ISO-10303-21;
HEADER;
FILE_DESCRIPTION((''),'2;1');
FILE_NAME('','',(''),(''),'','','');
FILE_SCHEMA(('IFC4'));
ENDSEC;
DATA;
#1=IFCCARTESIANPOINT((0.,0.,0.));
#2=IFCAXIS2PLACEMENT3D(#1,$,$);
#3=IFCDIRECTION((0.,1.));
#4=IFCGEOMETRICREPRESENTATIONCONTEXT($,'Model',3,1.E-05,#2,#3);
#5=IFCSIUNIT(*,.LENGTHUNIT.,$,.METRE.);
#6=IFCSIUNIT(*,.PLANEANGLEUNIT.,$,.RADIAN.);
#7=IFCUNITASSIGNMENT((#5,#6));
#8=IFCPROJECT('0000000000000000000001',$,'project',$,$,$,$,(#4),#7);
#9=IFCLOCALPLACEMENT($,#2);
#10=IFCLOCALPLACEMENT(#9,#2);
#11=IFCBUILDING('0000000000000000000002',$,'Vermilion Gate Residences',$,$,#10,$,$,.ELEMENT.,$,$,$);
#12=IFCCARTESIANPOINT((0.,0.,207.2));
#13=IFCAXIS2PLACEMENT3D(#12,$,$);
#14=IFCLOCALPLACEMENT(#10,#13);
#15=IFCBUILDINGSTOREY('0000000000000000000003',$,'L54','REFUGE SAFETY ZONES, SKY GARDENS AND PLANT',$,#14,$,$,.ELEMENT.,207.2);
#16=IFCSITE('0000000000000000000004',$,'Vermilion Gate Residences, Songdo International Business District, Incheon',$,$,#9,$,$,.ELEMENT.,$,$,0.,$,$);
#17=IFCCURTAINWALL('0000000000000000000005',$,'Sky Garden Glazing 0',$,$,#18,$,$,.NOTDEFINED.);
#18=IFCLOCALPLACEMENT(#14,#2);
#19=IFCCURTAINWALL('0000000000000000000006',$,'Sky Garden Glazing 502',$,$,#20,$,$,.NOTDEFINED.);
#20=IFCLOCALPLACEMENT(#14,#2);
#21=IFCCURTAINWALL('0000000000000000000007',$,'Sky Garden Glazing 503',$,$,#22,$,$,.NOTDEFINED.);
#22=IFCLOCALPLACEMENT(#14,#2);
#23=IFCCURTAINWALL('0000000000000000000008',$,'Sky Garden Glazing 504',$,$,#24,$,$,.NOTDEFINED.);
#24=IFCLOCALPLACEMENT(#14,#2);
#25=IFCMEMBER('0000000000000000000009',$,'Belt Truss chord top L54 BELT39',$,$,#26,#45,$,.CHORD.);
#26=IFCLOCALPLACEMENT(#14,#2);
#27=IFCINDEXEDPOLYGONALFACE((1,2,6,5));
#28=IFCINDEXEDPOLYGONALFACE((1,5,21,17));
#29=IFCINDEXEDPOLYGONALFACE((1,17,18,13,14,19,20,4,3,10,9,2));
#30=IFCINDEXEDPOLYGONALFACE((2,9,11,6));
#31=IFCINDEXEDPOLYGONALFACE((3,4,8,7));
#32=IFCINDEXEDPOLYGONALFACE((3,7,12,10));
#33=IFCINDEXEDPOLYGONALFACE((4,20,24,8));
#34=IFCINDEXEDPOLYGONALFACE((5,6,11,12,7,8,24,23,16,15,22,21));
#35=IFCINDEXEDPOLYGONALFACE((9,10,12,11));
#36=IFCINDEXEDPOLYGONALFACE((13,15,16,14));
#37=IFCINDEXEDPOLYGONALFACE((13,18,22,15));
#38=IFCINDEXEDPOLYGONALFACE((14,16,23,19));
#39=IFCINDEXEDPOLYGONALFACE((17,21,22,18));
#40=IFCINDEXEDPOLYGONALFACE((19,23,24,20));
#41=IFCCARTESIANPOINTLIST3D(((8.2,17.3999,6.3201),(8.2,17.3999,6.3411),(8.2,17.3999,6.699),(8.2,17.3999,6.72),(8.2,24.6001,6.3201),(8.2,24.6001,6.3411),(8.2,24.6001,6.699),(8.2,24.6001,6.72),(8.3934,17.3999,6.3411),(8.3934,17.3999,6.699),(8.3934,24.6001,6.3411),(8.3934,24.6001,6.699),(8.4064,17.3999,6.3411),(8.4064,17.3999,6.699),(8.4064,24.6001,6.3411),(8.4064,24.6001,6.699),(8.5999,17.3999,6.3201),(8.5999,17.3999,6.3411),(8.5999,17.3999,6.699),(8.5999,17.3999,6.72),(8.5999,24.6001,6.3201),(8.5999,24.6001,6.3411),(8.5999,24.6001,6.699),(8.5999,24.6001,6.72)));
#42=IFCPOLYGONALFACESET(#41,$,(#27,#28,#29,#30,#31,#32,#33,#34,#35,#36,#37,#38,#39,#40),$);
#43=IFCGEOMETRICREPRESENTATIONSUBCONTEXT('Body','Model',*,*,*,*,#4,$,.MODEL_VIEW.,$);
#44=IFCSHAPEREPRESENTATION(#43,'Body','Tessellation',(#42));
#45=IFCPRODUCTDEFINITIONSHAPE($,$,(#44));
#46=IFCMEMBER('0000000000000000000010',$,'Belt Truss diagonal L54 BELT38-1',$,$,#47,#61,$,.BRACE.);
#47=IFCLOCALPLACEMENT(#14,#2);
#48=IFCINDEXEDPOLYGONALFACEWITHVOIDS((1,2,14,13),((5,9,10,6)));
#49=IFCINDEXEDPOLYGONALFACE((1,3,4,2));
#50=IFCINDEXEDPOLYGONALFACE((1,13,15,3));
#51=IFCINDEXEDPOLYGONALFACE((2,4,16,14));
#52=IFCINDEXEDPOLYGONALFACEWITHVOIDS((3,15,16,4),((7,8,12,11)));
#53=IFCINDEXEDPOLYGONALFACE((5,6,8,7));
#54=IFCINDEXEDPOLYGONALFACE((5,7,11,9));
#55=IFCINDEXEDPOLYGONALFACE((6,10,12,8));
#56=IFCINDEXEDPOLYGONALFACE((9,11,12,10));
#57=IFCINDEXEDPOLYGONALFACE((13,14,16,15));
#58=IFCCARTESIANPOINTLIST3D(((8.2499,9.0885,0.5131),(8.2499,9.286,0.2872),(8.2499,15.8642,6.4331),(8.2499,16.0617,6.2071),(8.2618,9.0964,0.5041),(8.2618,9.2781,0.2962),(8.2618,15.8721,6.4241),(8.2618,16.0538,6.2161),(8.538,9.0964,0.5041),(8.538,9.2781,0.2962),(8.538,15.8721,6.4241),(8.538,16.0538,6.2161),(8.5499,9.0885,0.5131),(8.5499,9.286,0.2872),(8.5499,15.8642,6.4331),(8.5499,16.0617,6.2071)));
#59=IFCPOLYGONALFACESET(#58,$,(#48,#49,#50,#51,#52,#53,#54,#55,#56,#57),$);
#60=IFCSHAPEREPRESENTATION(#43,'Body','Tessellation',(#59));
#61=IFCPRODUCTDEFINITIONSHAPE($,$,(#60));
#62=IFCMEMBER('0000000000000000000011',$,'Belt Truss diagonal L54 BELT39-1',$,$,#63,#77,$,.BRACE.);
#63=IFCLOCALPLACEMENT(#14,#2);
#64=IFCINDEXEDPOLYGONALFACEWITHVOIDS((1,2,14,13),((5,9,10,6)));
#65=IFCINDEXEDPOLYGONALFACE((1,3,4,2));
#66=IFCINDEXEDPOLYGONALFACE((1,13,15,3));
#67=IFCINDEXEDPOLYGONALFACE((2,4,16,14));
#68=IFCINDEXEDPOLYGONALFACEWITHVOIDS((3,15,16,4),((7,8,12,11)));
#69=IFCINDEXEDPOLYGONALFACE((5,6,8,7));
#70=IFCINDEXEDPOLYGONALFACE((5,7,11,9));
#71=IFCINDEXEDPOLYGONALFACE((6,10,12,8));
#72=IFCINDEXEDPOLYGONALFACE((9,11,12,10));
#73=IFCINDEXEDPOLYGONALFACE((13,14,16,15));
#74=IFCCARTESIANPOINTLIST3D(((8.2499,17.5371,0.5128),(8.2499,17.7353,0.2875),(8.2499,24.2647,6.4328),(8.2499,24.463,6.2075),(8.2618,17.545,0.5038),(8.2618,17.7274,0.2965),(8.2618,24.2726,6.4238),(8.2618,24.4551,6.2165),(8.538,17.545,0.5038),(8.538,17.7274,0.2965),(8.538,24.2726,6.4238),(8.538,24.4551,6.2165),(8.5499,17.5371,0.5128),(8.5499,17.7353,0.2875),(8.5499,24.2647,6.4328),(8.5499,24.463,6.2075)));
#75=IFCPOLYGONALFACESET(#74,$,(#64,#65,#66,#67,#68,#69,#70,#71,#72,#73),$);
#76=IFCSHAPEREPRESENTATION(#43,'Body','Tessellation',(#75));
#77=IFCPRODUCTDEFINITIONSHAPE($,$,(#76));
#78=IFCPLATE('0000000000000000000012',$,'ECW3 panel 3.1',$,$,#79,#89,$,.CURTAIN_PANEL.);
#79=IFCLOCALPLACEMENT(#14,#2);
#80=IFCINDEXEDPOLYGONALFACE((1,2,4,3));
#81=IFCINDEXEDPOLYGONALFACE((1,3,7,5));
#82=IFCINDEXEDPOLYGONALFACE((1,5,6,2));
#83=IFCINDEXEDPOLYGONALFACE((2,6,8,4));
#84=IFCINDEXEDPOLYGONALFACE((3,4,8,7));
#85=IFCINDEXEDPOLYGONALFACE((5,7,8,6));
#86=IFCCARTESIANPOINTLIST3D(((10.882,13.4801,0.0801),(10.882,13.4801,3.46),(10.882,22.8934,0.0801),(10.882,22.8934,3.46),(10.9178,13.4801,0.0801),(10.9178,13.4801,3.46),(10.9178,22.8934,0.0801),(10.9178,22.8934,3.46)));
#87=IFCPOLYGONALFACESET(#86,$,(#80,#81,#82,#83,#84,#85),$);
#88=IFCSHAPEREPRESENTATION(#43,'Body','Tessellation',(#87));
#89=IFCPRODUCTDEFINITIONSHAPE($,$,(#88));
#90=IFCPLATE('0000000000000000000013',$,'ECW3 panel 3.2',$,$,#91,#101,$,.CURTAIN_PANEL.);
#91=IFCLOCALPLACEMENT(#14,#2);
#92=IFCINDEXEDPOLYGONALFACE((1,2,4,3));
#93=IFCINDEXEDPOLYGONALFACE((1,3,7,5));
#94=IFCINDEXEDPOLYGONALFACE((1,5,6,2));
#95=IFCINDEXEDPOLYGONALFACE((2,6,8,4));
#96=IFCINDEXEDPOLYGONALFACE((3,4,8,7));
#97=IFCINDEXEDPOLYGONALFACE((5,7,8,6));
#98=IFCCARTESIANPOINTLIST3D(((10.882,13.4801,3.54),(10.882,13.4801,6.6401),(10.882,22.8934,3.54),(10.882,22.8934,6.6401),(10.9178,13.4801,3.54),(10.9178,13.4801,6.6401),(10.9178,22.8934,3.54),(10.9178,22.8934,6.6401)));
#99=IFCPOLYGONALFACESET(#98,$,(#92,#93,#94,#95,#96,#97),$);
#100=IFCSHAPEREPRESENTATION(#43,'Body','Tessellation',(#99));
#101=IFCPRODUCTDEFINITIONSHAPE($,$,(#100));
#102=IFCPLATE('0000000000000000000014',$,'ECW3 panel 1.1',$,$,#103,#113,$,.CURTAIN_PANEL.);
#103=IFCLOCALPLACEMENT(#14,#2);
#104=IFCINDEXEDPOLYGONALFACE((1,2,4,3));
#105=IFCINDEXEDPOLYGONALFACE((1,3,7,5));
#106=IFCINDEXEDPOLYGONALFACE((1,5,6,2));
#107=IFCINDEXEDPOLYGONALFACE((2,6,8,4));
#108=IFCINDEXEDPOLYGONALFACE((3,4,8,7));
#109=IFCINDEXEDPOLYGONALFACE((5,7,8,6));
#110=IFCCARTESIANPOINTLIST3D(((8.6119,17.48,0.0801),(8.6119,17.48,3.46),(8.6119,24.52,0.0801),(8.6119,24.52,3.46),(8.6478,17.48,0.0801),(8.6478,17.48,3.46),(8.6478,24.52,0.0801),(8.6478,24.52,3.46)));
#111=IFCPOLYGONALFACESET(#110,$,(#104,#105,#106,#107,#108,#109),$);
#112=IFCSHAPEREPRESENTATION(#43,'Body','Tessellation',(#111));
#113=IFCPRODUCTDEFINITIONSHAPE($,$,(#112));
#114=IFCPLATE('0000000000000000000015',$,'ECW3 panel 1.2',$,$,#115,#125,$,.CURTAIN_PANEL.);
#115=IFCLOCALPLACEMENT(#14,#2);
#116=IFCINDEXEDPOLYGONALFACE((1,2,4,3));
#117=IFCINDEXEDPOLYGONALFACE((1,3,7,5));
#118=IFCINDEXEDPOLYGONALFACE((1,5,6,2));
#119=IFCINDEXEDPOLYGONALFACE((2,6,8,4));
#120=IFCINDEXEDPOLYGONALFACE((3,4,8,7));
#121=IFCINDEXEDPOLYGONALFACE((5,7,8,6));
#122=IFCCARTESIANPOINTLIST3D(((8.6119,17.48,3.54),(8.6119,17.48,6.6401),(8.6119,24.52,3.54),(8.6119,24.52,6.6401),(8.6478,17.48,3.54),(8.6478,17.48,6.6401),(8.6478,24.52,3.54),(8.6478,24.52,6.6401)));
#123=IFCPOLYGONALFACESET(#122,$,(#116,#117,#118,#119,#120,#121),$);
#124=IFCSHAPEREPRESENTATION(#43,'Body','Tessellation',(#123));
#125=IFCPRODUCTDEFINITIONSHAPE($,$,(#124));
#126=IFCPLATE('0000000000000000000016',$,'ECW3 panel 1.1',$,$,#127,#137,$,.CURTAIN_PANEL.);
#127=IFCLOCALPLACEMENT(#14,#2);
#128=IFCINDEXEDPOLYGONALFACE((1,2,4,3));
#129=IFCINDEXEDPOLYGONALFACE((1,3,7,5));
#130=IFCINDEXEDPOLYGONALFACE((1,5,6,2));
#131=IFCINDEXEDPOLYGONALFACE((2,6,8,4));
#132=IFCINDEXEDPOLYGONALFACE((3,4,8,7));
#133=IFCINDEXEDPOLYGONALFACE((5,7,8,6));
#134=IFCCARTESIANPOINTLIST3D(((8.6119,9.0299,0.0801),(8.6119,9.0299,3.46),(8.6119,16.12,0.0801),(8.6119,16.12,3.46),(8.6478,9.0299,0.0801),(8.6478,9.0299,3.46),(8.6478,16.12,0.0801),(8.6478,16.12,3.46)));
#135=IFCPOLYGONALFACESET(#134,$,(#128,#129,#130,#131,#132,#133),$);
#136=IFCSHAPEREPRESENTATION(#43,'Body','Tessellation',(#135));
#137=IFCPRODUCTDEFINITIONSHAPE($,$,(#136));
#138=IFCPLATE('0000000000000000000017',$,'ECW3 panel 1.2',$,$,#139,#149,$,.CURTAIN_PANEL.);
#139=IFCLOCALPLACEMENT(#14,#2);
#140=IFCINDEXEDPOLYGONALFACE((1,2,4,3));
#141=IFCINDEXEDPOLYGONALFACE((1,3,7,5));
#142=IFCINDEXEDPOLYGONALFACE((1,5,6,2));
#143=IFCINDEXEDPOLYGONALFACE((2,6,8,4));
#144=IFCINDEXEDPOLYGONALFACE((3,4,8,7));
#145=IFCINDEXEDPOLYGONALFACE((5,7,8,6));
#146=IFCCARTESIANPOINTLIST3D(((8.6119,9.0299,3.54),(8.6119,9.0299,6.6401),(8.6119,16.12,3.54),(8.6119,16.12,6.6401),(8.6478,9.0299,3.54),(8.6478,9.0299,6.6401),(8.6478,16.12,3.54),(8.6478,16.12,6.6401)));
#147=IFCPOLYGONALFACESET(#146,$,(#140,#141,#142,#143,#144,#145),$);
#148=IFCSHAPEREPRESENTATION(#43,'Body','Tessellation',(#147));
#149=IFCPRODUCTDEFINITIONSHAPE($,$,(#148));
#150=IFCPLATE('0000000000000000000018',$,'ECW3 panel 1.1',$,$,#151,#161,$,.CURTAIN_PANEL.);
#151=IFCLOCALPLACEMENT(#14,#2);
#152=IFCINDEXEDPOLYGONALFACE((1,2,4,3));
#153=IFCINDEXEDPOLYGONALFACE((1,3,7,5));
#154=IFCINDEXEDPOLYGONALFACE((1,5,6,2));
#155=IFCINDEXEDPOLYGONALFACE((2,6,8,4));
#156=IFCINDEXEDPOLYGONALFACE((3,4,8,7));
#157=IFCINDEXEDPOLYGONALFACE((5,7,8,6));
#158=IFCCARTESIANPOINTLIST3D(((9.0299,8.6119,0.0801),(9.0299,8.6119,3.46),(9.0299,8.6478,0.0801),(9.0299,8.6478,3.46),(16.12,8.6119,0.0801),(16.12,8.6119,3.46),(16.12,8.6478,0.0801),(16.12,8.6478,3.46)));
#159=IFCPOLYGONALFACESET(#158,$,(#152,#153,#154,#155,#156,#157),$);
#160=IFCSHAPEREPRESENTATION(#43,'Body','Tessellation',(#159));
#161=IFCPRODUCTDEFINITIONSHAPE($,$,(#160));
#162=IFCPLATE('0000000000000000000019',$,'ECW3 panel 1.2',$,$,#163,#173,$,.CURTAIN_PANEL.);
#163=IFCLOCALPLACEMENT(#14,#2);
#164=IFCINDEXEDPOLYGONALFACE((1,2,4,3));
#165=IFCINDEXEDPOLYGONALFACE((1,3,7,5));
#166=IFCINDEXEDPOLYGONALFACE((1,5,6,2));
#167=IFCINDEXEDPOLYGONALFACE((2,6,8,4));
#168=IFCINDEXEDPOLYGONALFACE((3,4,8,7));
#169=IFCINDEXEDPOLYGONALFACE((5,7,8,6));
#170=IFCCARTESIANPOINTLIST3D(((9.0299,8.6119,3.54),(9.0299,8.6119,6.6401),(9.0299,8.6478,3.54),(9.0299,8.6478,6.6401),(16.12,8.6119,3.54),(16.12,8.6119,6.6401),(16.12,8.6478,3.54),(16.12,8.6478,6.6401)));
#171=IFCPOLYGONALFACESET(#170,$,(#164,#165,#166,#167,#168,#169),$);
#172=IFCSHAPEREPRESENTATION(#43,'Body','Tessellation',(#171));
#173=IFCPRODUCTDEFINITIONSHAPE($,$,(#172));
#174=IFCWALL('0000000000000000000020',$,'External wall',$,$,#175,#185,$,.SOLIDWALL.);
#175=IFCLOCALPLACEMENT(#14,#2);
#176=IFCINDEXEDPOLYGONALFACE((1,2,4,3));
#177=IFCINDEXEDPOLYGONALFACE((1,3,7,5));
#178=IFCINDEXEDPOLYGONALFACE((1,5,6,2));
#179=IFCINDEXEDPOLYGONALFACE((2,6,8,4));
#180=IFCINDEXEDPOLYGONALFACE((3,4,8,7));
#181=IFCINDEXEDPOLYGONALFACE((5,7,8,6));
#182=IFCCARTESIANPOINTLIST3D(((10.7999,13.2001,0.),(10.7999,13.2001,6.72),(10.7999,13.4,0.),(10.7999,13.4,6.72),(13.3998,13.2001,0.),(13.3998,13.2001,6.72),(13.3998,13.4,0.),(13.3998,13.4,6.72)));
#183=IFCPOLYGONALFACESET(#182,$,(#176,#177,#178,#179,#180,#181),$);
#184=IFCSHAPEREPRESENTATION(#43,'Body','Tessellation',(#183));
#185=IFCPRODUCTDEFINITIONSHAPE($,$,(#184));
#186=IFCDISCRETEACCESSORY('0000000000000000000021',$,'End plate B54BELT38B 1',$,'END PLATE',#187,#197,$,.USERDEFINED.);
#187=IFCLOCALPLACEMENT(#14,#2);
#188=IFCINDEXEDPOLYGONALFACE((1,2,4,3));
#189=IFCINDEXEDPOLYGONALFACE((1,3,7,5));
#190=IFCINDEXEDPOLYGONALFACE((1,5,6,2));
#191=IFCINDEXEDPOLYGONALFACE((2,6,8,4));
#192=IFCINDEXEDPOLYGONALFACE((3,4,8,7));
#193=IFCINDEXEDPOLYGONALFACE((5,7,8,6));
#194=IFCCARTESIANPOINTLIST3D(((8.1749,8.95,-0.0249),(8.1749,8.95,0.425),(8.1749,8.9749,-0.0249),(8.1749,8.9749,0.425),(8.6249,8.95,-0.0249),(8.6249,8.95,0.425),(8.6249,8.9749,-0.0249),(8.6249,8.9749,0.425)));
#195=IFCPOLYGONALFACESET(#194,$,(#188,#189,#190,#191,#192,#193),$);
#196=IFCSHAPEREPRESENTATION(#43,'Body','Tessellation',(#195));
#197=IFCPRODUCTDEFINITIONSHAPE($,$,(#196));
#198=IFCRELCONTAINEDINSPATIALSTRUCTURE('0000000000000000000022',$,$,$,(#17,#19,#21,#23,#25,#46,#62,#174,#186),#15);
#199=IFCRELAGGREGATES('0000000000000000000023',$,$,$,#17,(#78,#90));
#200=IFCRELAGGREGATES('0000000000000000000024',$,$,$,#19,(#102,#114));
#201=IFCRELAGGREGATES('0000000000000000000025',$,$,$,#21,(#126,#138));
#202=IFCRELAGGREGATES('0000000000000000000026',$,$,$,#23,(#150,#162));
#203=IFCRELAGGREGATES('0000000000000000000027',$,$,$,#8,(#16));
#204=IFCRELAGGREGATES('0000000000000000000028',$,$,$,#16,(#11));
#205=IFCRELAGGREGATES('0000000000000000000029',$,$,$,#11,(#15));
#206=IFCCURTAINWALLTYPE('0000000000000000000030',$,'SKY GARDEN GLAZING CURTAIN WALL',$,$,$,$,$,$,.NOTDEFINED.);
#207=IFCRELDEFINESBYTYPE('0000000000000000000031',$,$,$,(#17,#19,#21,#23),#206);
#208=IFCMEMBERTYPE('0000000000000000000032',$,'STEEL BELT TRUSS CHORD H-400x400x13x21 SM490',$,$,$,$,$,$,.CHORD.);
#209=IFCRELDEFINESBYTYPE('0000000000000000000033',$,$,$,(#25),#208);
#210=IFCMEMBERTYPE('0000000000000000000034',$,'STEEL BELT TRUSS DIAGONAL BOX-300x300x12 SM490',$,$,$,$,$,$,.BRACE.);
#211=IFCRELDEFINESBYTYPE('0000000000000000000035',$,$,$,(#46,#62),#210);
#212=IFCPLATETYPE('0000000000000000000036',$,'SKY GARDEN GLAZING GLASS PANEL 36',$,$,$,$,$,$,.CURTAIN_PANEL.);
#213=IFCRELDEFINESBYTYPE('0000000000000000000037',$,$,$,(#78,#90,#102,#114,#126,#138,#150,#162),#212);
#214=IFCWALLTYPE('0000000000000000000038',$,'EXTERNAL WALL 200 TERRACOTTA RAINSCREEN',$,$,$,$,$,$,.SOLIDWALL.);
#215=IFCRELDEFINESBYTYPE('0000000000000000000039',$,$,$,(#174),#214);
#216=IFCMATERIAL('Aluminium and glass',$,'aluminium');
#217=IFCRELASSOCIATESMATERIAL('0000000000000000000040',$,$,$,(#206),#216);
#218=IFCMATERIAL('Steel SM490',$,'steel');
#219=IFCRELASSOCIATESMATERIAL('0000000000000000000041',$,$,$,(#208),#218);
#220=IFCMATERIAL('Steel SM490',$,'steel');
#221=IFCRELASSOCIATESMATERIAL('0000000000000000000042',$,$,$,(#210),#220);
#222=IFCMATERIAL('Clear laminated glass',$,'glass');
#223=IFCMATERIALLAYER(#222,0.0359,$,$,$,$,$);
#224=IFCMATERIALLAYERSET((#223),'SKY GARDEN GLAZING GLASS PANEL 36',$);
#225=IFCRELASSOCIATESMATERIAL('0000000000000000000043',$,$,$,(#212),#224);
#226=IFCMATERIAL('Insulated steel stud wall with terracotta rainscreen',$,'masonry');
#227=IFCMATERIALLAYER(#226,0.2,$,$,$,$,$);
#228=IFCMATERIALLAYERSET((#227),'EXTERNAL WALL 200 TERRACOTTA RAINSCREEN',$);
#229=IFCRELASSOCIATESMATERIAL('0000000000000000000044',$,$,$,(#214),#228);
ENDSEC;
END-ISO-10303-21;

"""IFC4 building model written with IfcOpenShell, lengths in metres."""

from ifc_helpers import new_model, si_unit, direction, frame, frame_2d, origin, origin_2d, place, context, subcontext, project, spatial, rectangle, hollow_rectangle, i_section, extrude, material, layer, layer_set, material_profile, profile_set, type_object, element, aggregate, save


model = new_model("IFC4")

# Units and contexts
model_context = context("Model", 3, precision=1e-05, world=origin(), true_north=direction((0.0, 1.0)))
body_context = subcontext(model_context, "Body", "Model", "MODEL_VIEW")
ifc_project = project(units=[si_unit("LENGTHUNIT", "METRE"), si_unit("PLANEANGLEUNIT", "RADIAN")], contexts=[model_context])

# Site, building, storey
site_placement = place(None, origin())
site = spatial("IfcSite", under=ifc_project, at=site_placement, Name="Vermilion Gate Residences, Songdo International Business District, Incheon", CompositionType="ELEMENT", RefElevation=0.0)
building_placement = place(site_placement, origin())
building = spatial("IfcBuilding", under=site, at=building_placement, Name="Vermilion Gate Residences", CompositionType="ELEMENT")
storey_placement = place(building_placement, frame((0.0, 0.0, 207.2)))
storey = spatial("IfcBuildingStorey", under=building, at=storey_placement, Name="L54", Description="REFUGE SAFETY ZONES, SKY GARDENS AND PLANT", CompositionType="ELEMENT", Elevation=207.2)

# Curtain walls
ifc_material_1 = material(Name="Aluminium and glass", Category="aluminium")
curtain_wall_type = type_object("IfcCurtainWallType", Name="SKY GARDEN GLAZING CURTAIN WALL", PredefinedType="NOTDEFINED", material=ifc_material_1)
curtain_wall_1_placement = place(storey_placement, origin())
curtain_wall_1 = element("IfcCurtainWall", 1, at=curtain_wall_1_placement, inside=storey, type_object=curtain_wall_type, Name="Sky Garden Glazing 0", PredefinedType="NOTDEFINED")
curtain_wall_2_placement = place(storey_placement, origin())
curtain_wall_2 = element("IfcCurtainWall", 2, at=curtain_wall_2_placement, inside=storey, type_object=curtain_wall_type, Name="Sky Garden Glazing 502", PredefinedType="NOTDEFINED")

# Curtain wall
curtain_wall_3_placement = place(storey_placement, origin())
curtain_wall_3 = element("IfcCurtainWall", 3, at=curtain_wall_3_placement, inside=storey, type_object=curtain_wall_type, Name="Sky Garden Glazing 503", PredefinedType="NOTDEFINED")

# Curtain wall
curtain_wall_4_placement = place(storey_placement, origin())
curtain_wall_4 = element("IfcCurtainWall", 4, at=curtain_wall_4_placement, inside=storey, type_object=curtain_wall_type, Name="Sky Garden Glazing 504", PredefinedType="NOTDEFINED")

# Members
ifc_material_2 = material(Name="Steel SM490", Category="steel")
ifc_material_profile_1 = material_profile(ifc_material_2, i_section(OverallWidth=0.3999, OverallDepth=0.3999, WebThickness=0.0129, FlangeThickness=0.021, at=origin_2d()), Name="H-400x400x13x21")
ifc_profile_set_1 = profile_set([ifc_material_profile_1], Name="Steel SM490")
member_type_1 = type_object("IfcMemberType", Name="STEEL BELT TRUSS CHORD H-400x400x13x21 SM490", PredefinedType="CHORD", material=ifc_profile_set_1)
for number, where, z_axis, x_axis, name in (
    (5, (8.3999, 17.3999, 6.52), (0.0, 1.0, 0.0), (-1.0, 0.0, 0.0), "Belt Truss chord top L54 BELT39"),
):
    element("IfcMember", number, at=place(storey_placement, frame(where, z_axis=z_axis, x_axis=x_axis)), inside=storey, type_object=member_type_1, Name=name, PredefinedType="CHORD", context=body_context, shape_type="SweptSolid", body=[
        extrude(i_section(OverallWidth=0.3999, OverallDepth=0.3999, WebThickness=0.0129, FlangeThickness=0.021, at=origin_2d()), origin(), (0.0, 0.0, 1.0), 7.2002),
    ])
ifc_material_3 = material(Name="Steel SM490", Category="steel")
ifc_material_profile_2 = material_profile(ifc_material_3, hollow_rectangle(XDim=0.3, YDim=0.3, WallThickness=0.012, at=origin_2d()), Name="BOX-300x300x12")
ifc_profile_set_2 = profile_set([ifc_material_profile_2], Name="Steel SM490")
member_type_2 = type_object("IfcMemberType", Name="STEEL BELT TRUSS DIAGONAL BOX-300x300x12 SM490", PredefinedType="BRACE", material=ifc_profile_set_2)
member_1_placement = place(storey_placement, frame((8.3999, 9.1873, 0.4001), z_axis=(0.0, 0.753059, 0.657953), x_axis=(-1.0, 0.0, 0.0)))
element("IfcMember", 6, at=member_1_placement, inside=storey, type_object=member_type_2, Name="Belt Truss diagonal L54 BELT38-1", PredefinedType="BRACE", context=body_context, shape_type="SweptSolid", body=[
    extrude(hollow_rectangle(XDim=0.3, YDim=0.3, WallThickness=0.012, at=origin_2d()), origin(), (0.0, 0.0, 1.0), 8.9976),
])
member_2_placement = place(storey_placement, frame((8.3999, 17.6362, 0.4001), z_axis=(0.0, 0.750731, 0.660608), x_axis=(-1.0, 0.0, 0.0)))
element("IfcMember", 7, at=member_2_placement, inside=storey, type_object=member_type_2, Name="Belt Truss diagonal L54 BELT39-1", PredefinedType="BRACE", context=body_context, shape_type="SweptSolid", body=[
    extrude(hollow_rectangle(XDim=0.3, YDim=0.3, WallThickness=0.012, at=origin_2d()), origin(), (0.0, 0.0, 1.0), 8.9614),
])

# Plates
ifc_material_4 = material(Name="Clear laminated glass", Category="glass")
ifc_layer_1 = layer(ifc_material_4, 0.0359)
ifc_layer_set_1 = layer_set([ifc_layer_1], Name="SKY GARDEN GLAZING GLASS PANEL 36")
plate_type = type_object("IfcPlateType", Name="SKY GARDEN GLAZING GLASS PANEL 36", PredefinedType="CURTAIN_PANEL", material=ifc_layer_set_1)
plate_1_placement = place(storey_placement, frame((10.8999, 18.1868, 0.0801), z_axis=(0.0, 0.0, 1.0), x_axis=(0.0, -1.0, 0.0)))
plate_1 = element("IfcPlate", 8, at=plate_1_placement, type_object=plate_type, Name="ECW3 panel 3.1", PredefinedType="CURTAIN_PANEL", context=body_context, shape_type="SweptSolid", body=[
    extrude(rectangle(XDim=9.4133, YDim=0.0359, at=origin_2d()), origin(), (0.0, 0.0, 1.0), 3.3799),
])
plate_2_placement = place(storey_placement, frame((10.8999, 18.1868, 3.54), z_axis=(0.0, 0.0, 1.0), x_axis=(0.0, -1.0, 0.0)))
plate_2 = element("IfcPlate", 9, at=plate_2_placement, type_object=plate_type, Name="ECW3 panel 3.2", PredefinedType="CURTAIN_PANEL", context=body_context, shape_type="SweptSolid", body=[
    extrude(rectangle(XDim=9.4133, YDim=0.0359, at=origin_2d()), origin(), (0.0, 0.0, 1.0), 3.1001),
])
aggregate(curtain_wall_1, [plate_1, plate_2])
plate_3_placement = place(storey_placement, frame((8.6299, 21.0, 0.0801), z_axis=(0.0, 0.0, 1.0), x_axis=(0.0, -1.0, 0.0)))
plate_3 = element("IfcPlate", 10, at=plate_3_placement, type_object=plate_type, Name="ECW3 panel 1.1", PredefinedType="CURTAIN_PANEL", context=body_context, shape_type="SweptSolid", body=[
    extrude(rectangle(XDim=7.04, YDim=0.0359, at=origin_2d()), origin(), (0.0, 0.0, 1.0), 3.3799),
])
plate_4_placement = place(storey_placement, frame((8.6299, 21.0, 3.54), z_axis=(0.0, 0.0, 1.0), x_axis=(0.0, -1.0, 0.0)))
plate_4 = element("IfcPlate", 11, at=plate_4_placement, type_object=plate_type, Name="ECW3 panel 1.2", PredefinedType="CURTAIN_PANEL", context=body_context, shape_type="SweptSolid", body=[
    extrude(rectangle(XDim=7.04, YDim=0.0359, at=origin_2d()), origin(), (0.0, 0.0, 1.0), 3.1001),
])
aggregate(curtain_wall_2, [plate_3, plate_4])
plate_5_placement = place(storey_placement, frame((8.6299, 12.575, 0.0801), z_axis=(0.0, 0.0, 1.0), x_axis=(0.0, -1.0, 0.0)))
plate_5 = element("IfcPlate", 12, at=plate_5_placement, type_object=plate_type, Name="ECW3 panel 1.1", PredefinedType="CURTAIN_PANEL", context=body_context, shape_type="SweptSolid", body=[
    extrude(rectangle(XDim=7.0901, YDim=0.0359, at=origin_2d()), origin(), (0.0, 0.0, 1.0), 3.3799),
])
plate_6_placement = place(storey_placement, frame((8.6299, 12.575, 3.54), z_axis=(0.0, 0.0, 1.0), x_axis=(0.0, -1.0, 0.0)))
plate_6 = element("IfcPlate", 13, at=plate_6_placement, type_object=plate_type, Name="ECW3 panel 1.2", PredefinedType="CURTAIN_PANEL", context=body_context, shape_type="SweptSolid", body=[
    extrude(rectangle(XDim=7.0901, YDim=0.0359, at=origin_2d()), origin(), (0.0, 0.0, 1.0), 3.1001),
])
aggregate(curtain_wall_3, [plate_5, plate_6])
plate_7_placement = place(storey_placement, frame((12.575, 8.6299, 0.0801), z_axis=(0.0, 0.0, 1.0), x_axis=(1.0, 0.0, 0.0)))
plate_7 = element("IfcPlate", 14, at=plate_7_placement, type_object=plate_type, Name="ECW3 panel 1.1", PredefinedType="CURTAIN_PANEL", context=body_context, shape_type="SweptSolid", body=[
    extrude(rectangle(XDim=7.0901, YDim=0.0359, at=origin_2d()), origin(), (0.0, 0.0, 1.0), 3.3799),
])
plate_8_placement = place(storey_placement, frame((12.575, 8.6299, 3.54), z_axis=(0.0, 0.0, 1.0), x_axis=(1.0, 0.0, 0.0)))
plate_8 = element("IfcPlate", 15, at=plate_8_placement, type_object=plate_type, Name="ECW3 panel 1.2", PredefinedType="CURTAIN_PANEL", context=body_context, shape_type="SweptSolid", body=[
    extrude(rectangle(XDim=7.0901, YDim=0.0359, at=origin_2d()), origin(), (0.0, 0.0, 1.0), 3.1001),
])
aggregate(curtain_wall_4, [plate_7, plate_8])

# Wall
ifc_material_5 = material(Name="Insulated steel stud wall with terracotta rainscreen", Category="masonry")
ifc_layer_2 = layer(ifc_material_5, 0.2)
ifc_layer_set_2 = layer_set([ifc_layer_2], Name="EXTERNAL WALL 200 TERRACOTTA RAINSCREEN")
wall_type = type_object("IfcWallType", Name="EXTERNAL WALL 200 TERRACOTTA RAINSCREEN", PredefinedType="SOLIDWALL", material=ifc_layer_set_2)
wall_placement = place(storey_placement, frame((10.8, 13.3, 0.0), z_axis=(0.0, 0.0, 1.0), x_axis=(1.0, 0.0, 0.0)))
element("IfcWall", 16, at=wall_placement, inside=storey, type_object=wall_type, Name="External wall", PredefinedType="SOLIDWALL", context=body_context, shape_type="SweptSolid", body=[
    extrude(rectangle(XDim=2.5999, YDim=0.2, at=frame_2d((1.2998, 0.0))), origin(), (0.0, 0.0, 1.0), 6.72),
])

# Discrete accessory
for number, where, z_axis, x_axis, name in (
    (17, (8.3999, 8.9624, -0.0249), (0.0, 0.0, 1.0), (1.0, 0.0, 0.0), "End plate B54BELT38B 1"),
):
    element("IfcDiscreteAccessory", number, at=place(storey_placement, frame(where, z_axis=z_axis, x_axis=x_axis)), inside=storey, Name=name, ObjectType="END PLATE", PredefinedType="USERDEFINED", context=body_context, shape_type="SweptSolid", body=[
        extrude(rectangle(XDim=0.45, YDim=0.0249, at=origin_2d()), origin(), (0.0, 0.0, 1.0), 0.45),
    ])

save(model, "model.ifc")
